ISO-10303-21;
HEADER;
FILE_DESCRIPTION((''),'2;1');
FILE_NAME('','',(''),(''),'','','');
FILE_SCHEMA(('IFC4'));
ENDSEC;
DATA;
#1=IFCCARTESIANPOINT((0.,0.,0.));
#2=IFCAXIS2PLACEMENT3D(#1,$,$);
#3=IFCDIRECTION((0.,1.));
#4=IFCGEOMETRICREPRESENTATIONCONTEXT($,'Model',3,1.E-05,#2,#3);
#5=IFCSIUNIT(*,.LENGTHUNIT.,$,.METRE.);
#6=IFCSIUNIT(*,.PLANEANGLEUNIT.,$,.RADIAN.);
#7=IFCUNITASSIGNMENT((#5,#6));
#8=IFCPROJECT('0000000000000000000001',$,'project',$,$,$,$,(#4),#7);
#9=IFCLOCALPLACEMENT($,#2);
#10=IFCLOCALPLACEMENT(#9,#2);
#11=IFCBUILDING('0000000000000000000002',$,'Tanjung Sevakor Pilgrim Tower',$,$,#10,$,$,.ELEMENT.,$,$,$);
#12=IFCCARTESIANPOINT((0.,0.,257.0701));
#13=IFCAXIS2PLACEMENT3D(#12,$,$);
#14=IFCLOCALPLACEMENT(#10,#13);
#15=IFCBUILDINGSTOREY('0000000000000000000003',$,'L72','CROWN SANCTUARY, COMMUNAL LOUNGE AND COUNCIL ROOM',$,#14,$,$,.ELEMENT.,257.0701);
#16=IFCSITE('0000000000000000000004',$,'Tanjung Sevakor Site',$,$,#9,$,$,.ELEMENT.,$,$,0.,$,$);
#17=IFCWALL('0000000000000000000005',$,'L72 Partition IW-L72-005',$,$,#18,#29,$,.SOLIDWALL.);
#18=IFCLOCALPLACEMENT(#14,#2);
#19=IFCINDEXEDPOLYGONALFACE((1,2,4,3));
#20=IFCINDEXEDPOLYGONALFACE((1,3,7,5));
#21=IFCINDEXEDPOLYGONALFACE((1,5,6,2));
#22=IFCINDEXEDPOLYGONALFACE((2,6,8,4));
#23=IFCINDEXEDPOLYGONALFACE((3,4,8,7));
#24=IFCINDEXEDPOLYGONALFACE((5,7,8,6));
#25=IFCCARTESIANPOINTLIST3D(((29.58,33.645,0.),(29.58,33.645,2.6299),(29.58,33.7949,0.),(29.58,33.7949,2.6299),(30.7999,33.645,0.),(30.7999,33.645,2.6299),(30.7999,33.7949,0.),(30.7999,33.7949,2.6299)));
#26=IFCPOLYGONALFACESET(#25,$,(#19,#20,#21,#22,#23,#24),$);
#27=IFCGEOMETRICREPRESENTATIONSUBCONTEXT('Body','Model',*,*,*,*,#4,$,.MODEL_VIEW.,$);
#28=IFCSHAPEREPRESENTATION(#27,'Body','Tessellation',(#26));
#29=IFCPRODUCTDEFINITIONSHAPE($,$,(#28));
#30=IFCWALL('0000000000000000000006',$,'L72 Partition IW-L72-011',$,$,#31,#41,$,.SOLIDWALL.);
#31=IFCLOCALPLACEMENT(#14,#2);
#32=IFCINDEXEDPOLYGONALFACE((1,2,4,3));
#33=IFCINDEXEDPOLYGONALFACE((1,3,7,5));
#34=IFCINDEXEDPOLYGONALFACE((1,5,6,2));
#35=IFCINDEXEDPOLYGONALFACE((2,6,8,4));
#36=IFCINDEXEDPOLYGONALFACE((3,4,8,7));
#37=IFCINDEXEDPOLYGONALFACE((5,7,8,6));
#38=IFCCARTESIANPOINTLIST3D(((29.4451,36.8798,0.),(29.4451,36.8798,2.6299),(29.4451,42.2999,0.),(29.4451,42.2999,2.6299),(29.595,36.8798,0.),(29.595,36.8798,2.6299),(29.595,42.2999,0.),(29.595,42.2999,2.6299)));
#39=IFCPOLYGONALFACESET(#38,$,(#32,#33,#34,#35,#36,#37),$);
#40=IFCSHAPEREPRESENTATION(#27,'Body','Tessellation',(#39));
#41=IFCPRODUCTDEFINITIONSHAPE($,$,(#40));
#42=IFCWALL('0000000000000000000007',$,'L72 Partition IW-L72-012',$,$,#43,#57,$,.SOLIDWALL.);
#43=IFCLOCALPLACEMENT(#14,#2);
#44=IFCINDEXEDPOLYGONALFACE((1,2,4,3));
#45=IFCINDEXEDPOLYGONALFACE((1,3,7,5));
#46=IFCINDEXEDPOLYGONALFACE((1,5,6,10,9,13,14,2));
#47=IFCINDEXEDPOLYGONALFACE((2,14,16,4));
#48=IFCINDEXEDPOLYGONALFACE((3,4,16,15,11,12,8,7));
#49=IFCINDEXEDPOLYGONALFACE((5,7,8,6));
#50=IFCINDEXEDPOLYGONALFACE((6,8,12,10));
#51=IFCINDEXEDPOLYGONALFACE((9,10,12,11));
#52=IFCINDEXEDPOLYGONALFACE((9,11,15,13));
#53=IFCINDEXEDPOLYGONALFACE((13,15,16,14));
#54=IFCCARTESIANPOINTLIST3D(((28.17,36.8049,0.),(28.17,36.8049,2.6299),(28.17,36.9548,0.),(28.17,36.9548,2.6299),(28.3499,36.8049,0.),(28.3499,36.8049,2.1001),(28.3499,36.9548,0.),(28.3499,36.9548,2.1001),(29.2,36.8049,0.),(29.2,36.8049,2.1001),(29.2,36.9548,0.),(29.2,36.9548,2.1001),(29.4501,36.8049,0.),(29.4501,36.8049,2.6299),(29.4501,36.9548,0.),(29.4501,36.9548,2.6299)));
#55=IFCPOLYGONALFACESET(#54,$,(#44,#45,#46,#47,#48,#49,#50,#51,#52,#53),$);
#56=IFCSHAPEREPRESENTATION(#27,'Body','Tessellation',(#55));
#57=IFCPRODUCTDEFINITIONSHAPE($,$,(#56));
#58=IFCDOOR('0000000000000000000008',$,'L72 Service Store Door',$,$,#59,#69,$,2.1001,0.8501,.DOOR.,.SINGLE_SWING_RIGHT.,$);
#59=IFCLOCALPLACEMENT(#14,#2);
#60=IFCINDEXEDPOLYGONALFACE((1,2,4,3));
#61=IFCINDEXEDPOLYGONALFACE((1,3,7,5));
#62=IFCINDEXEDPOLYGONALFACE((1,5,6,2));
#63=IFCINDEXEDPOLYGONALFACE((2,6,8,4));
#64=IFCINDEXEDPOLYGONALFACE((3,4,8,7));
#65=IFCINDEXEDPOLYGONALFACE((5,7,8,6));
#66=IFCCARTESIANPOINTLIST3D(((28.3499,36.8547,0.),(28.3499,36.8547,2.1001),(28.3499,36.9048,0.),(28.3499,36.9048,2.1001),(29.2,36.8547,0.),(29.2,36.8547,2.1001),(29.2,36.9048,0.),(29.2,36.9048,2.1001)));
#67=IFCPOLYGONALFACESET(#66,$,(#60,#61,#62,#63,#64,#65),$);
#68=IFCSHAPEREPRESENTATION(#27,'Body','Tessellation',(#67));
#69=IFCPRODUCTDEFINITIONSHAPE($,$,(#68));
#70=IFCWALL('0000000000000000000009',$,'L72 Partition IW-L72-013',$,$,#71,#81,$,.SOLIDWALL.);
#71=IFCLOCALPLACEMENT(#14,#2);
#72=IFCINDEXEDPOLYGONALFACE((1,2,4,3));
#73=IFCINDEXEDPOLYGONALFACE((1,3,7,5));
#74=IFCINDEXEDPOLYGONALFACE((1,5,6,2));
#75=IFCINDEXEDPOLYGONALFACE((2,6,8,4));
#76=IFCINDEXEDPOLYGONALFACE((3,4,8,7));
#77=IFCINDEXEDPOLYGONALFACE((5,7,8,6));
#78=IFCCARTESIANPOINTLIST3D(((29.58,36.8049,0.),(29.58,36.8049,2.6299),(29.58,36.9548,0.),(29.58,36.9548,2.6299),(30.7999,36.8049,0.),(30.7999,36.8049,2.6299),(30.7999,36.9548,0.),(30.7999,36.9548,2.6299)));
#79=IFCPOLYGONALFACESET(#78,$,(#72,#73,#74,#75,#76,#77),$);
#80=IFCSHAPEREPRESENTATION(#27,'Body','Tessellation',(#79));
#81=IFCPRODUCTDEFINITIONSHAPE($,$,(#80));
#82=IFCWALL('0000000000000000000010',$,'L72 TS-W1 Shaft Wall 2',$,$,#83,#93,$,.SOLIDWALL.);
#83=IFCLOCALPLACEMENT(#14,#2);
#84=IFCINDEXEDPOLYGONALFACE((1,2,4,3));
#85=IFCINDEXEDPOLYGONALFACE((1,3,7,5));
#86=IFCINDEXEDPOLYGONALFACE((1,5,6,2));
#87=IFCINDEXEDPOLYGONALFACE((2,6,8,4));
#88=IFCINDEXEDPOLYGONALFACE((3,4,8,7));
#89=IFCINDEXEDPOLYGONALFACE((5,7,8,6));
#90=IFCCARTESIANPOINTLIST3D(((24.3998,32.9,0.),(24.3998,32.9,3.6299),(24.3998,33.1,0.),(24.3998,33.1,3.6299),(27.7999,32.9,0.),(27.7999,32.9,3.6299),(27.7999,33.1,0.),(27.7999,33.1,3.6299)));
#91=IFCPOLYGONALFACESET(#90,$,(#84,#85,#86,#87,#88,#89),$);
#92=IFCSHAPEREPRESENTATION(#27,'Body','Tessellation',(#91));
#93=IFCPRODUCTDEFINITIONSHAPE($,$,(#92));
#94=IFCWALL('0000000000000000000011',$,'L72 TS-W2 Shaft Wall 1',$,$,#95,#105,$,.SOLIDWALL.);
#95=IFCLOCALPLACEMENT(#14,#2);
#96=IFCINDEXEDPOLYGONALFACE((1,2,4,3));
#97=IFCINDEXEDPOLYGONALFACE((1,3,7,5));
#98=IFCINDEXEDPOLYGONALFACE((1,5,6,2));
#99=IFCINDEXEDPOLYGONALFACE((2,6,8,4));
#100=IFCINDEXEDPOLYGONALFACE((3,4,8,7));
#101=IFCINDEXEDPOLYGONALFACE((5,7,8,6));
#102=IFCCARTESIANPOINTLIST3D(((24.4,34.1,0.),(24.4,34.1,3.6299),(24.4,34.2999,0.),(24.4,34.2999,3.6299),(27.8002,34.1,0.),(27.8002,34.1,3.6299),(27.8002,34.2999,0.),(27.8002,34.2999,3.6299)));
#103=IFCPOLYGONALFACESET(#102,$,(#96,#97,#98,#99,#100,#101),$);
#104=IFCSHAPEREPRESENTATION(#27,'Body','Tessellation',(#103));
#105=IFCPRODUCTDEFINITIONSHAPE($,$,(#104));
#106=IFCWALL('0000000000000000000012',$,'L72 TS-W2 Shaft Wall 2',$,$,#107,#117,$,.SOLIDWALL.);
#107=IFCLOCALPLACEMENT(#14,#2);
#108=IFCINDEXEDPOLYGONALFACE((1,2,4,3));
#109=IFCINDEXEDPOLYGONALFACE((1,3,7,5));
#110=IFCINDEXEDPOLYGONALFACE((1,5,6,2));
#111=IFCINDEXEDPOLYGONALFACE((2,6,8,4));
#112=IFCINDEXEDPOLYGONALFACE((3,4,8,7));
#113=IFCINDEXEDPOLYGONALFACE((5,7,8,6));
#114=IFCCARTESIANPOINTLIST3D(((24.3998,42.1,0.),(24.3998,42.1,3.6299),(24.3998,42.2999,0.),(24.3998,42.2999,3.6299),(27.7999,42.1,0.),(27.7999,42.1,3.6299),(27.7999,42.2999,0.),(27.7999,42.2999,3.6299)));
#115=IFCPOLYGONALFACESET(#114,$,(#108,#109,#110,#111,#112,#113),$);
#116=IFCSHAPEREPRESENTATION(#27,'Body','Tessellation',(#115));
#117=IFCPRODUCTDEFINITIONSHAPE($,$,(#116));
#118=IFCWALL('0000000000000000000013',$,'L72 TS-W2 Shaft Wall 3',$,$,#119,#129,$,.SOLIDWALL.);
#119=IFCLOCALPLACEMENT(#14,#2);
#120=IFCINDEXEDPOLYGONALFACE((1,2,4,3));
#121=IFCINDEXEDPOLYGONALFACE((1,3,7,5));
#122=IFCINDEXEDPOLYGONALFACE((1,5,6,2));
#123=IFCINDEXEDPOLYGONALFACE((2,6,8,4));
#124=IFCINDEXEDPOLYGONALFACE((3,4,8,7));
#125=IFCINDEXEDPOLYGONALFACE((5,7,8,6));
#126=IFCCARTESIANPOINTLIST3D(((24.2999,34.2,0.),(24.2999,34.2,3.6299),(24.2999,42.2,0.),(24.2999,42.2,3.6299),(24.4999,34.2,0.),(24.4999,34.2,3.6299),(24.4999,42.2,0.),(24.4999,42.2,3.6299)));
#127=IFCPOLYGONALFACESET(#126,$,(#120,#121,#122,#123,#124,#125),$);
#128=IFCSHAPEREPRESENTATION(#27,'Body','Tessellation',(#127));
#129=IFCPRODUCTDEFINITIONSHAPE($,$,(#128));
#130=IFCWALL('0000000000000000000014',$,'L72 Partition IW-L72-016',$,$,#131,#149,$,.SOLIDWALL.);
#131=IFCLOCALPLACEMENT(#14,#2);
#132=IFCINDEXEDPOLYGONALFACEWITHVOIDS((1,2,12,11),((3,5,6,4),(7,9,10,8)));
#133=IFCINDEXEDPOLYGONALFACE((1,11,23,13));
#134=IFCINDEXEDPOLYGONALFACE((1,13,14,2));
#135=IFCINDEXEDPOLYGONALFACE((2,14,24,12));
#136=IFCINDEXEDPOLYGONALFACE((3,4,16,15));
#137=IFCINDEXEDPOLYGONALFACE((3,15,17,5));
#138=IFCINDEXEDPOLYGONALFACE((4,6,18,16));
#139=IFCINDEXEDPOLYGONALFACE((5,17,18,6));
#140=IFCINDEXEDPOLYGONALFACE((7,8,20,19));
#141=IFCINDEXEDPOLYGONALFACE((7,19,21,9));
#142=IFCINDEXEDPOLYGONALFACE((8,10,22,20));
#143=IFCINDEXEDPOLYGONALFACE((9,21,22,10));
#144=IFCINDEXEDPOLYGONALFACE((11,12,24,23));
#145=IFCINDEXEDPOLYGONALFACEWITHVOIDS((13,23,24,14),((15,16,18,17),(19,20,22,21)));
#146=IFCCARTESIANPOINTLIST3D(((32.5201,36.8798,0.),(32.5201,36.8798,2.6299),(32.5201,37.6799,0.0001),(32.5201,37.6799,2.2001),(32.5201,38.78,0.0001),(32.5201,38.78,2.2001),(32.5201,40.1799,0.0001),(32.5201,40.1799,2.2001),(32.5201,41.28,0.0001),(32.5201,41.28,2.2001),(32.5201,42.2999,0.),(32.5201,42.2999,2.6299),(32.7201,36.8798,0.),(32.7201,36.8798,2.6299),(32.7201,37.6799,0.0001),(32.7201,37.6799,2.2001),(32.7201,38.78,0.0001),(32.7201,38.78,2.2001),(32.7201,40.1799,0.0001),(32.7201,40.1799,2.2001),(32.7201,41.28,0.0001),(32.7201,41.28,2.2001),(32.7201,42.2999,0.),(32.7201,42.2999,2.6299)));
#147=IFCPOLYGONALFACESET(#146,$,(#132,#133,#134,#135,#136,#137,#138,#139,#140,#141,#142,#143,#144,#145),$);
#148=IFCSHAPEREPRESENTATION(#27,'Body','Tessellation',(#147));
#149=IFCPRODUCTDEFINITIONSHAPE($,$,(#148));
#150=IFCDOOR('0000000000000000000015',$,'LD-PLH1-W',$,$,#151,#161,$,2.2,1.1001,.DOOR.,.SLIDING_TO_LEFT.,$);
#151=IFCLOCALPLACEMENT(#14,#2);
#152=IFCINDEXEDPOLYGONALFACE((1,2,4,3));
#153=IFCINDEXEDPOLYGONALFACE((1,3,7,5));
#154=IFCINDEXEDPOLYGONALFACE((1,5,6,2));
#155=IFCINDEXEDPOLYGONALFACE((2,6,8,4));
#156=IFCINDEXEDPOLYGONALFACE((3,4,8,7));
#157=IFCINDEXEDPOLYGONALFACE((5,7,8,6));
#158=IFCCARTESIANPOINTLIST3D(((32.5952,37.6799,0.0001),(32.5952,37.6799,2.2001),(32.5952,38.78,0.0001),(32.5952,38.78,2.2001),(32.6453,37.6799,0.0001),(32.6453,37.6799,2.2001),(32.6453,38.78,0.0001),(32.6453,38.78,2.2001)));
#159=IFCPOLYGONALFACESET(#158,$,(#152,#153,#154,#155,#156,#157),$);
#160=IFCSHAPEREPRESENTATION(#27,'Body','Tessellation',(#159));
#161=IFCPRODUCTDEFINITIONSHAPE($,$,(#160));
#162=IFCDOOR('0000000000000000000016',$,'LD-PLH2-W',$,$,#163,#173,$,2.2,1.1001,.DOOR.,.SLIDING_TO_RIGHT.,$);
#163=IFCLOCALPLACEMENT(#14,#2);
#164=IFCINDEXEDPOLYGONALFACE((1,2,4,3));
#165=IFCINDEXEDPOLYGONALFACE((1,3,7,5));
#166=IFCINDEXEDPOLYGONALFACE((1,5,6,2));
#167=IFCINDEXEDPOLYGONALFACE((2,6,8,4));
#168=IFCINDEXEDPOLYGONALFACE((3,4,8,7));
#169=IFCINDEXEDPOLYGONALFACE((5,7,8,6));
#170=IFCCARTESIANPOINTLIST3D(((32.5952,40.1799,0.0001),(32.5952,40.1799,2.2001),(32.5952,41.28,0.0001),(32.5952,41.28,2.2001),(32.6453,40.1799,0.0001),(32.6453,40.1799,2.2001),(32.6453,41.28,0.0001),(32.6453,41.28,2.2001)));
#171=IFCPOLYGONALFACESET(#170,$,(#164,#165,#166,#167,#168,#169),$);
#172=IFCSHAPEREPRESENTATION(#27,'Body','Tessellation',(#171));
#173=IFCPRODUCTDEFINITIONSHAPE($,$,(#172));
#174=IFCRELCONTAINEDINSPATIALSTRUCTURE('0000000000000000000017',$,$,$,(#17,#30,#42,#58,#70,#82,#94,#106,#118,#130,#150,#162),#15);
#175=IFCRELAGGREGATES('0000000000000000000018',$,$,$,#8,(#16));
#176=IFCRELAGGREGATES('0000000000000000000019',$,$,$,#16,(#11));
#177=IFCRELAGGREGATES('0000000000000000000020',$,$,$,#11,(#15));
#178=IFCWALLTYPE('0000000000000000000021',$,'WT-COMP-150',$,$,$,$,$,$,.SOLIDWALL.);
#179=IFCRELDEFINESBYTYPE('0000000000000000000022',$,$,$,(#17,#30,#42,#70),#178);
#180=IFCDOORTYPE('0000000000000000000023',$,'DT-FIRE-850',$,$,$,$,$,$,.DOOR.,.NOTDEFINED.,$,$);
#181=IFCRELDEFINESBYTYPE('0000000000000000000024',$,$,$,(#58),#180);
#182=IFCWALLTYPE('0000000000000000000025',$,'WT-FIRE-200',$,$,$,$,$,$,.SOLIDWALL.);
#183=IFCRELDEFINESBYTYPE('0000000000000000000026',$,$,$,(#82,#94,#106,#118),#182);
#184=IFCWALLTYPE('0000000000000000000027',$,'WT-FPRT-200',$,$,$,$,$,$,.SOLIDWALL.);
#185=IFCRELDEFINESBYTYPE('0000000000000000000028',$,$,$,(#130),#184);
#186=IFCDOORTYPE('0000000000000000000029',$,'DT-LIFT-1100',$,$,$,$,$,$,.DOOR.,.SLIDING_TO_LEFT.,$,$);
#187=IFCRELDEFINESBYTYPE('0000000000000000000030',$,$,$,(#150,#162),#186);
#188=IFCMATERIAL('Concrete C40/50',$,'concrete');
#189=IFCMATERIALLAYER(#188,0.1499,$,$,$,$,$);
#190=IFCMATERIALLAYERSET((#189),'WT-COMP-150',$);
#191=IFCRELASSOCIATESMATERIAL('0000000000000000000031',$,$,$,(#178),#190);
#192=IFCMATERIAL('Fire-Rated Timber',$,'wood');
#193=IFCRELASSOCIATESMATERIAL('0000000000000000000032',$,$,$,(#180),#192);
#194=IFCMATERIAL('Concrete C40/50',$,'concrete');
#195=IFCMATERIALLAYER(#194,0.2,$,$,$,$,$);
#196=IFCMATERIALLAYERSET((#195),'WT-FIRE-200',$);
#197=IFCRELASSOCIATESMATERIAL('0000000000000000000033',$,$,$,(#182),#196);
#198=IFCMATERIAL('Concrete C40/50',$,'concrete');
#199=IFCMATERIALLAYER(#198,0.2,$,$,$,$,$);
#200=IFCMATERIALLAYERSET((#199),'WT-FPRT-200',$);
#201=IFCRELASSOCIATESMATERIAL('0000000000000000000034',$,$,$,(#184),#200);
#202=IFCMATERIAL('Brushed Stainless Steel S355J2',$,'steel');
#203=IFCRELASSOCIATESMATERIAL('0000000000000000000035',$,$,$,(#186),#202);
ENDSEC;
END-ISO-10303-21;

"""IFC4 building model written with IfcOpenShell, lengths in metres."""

from ifc_helpers import new_model, si_unit, direction, frame, frame_2d, origin, place, context, subcontext, project, spatial, rectangle, extrude, material, layer, layer_set, type_object, element, fill, save


model = new_model("IFC4")

# Units and contexts
model_context = context("Model", 3, precision=1e-05, world=origin(), true_north=direction((0.0, 1.0)))
body_context = subcontext(model_context, "Body", "Model", "MODEL_VIEW")
ifc_project = project(units=[si_unit("LENGTHUNIT", "METRE"), si_unit("PLANEANGLEUNIT", "RADIAN")], contexts=[model_context])

# Site, building, storey
site_placement = place(None, origin())
site = spatial("IfcSite", under=ifc_project, at=site_placement, Name="Tanjung Sevakor Site", CompositionType="ELEMENT", RefElevation=0.0)
building_placement = place(site_placement, origin())
building = spatial("IfcBuilding", under=site, at=building_placement, Name="Tanjung Sevakor Pilgrim Tower", CompositionType="ELEMENT")
storey_placement = place(building_placement, frame((0.0, 0.0, 257.0701)))
storey = spatial("IfcBuildingStorey", under=building, at=storey_placement, Name="L72", Description="CROWN SANCTUARY, COMMUNAL LOUNGE AND COUNCIL ROOM", CompositionType="ELEMENT", Elevation=257.0701)

# Shared definitions
ifc_material_1 = material(Name="Concrete C40/50", Category="concrete")
ifc_layer_1 = layer(ifc_material_1, 0.1499)
ifc_layer_set_1 = layer_set([ifc_layer_1], Name="WT-COMP-150")
wall_type_1 = type_object("IfcWallType", Name="WT-COMP-150", PredefinedType="SOLIDWALL", material=ifc_layer_set_1)
ifc_material_2 = material(Name="Fire-Rated Timber", Category="wood")
door_type_1 = type_object("IfcDoorType", Name="DT-FIRE-850", OperationType="NOTDEFINED", PredefinedType="DOOR", material=ifc_material_2)

# Walls
wall_1_placement = place(storey_placement, frame((29.5801, 33.72, 0.0), z_axis=(0.0, 0.0, 1.0), x_axis=(1.0, 0.0, 0.0)))
element("IfcWall", 1, at=wall_1_placement, inside=storey, type_object=wall_type_1, Name="L72 Partition IW-L72-005", PredefinedType="SOLIDWALL", context=body_context, shape_type="SweptSolid", body=[
    extrude(rectangle(XDim=1.22, YDim=0.1499, at=frame_2d((0.6099, 0.0))), origin(), (0.0, 0.0, 1.0), 2.6299),
])
wall_2_placement = place(storey_placement, frame((29.52, 36.8799, 0.0), z_axis=(0.0, 0.0, 1.0), x_axis=(0.0, 1.0, 0.0)))
element("IfcWall", 2, at=wall_2_placement, inside=storey, type_object=wall_type_1, Name="L72 Partition IW-L72-011", PredefinedType="SOLIDWALL", context=body_context, shape_type="SweptSolid", body=[
    extrude(rectangle(XDim=5.4202, YDim=0.1499, at=frame_2d((2.71, 0.0))), origin(), (0.0, 0.0, 1.0), 2.6299),
])

# Wall, opening, door
wall_3_placement = place(storey_placement, frame((28.1699, 36.8799, 0.0), z_axis=(0.0, 0.0, 1.0), x_axis=(1.0, 0.0, 0.0)))
wall_3 = element("IfcWall", 3, at=wall_3_placement, inside=storey, type_object=wall_type_1, Name="L72 Partition IW-L72-012", PredefinedType="SOLIDWALL", context=body_context, shape_type="SweptSolid", body=[
    extrude(rectangle(XDim=1.28, YDim=0.1499, at=frame_2d((0.6401, 0.0))), origin(), (0.0, 0.0, 1.0), 2.6299),
])
opening_1_placement = place(wall_3_placement, frame((0.1799, 0.0, 0.0)))
opening_1 = element("IfcOpeningElement", 4, at=opening_1_placement, cuts=wall_3, PredefinedType="OPENING", context=body_context, shape_type="SweptSolid", body=[
    extrude(rectangle(XDim=0.8501, YDim=2.1001, at=frame_2d((0.425, 1.05))), frame((0.0, 0.085, 0.0), z_axis=(0.0, -1.0, 0.0), x_axis=(1.0, 0.0, 0.0)), (0.0, 0.0, 1.0), 0.1699),
])
door_1_placement = place(opening_1_placement, origin())
door_1 = element("IfcDoor", 5, at=door_1_placement, inside=storey, type_object=door_type_1, Name="L72 Service Store Door", OperationType="SINGLE_SWING_RIGHT", OverallHeight=2.1001, OverallWidth=0.8501, PredefinedType="DOOR", context=body_context, shape_type="SweptSolid", body=[
    extrude(rectangle(XDim=0.8501, YDim=2.1001, at=frame_2d((0.425, 1.05))), frame((0.0, 0.0249, 0.0), z_axis=(0.0, -1.0, 0.0), x_axis=(1.0, 0.0, 0.0)), (0.0, 0.0, 1.0), 0.05),
])
fill(opening_1, door_1)

# Wall
wall_4_placement = place(storey_placement, frame((29.5801, 36.8799, 0.0), z_axis=(0.0, 0.0, 1.0), x_axis=(1.0, 0.0, 0.0)))
element("IfcWall", 6, at=wall_4_placement, inside=storey, type_object=wall_type_1, Name="L72 Partition IW-L72-013", PredefinedType="SOLIDWALL", context=body_context, shape_type="SweptSolid", body=[
    extrude(rectangle(XDim=1.22, YDim=0.1499, at=frame_2d((0.6099, 0.0))), origin(), (0.0, 0.0, 1.0), 2.6299),
])

# Walls
ifc_material_3 = material(Name="Concrete C40/50", Category="concrete")
ifc_layer_2 = layer(ifc_material_3, 0.2)
ifc_layer_set_2 = layer_set([ifc_layer_2], Name="WT-FIRE-200")
wall_type_2 = type_object("IfcWallType", Name="WT-FIRE-200", PredefinedType="SOLIDWALL", material=ifc_layer_set_2)
for number, where, z_axis, x_axis, name in (
    (7, (27.8, 33.0, 0.0), (0.0, 0.0, 1.0), (-1.0, 0.0, 0.0), "L72 TS-W1 Shaft Wall 2"),
    (8, (24.3999, 34.2, 0.0), (0.0, 0.0, 1.0), (1.0, 0.0, 0.0), "L72 TS-W2 Shaft Wall 1"),
    (9, (27.8, 42.2, 0.0), (0.0, 0.0, 1.0), (-1.0, 0.0, 0.0), "L72 TS-W2 Shaft Wall 2"),
):
    element("IfcWall", number, at=place(storey_placement, frame(where, z_axis=z_axis, x_axis=x_axis)), inside=storey, type_object=wall_type_2, Name=name, PredefinedType="SOLIDWALL", context=body_context, shape_type="SweptSolid", body=[
        extrude(rectangle(XDim=3.4001, YDim=0.2, at=frame_2d((1.7002, 0.0))), origin(), (0.0, 0.0, 1.0), 3.6299),
    ])
wall_5_placement = place(storey_placement, frame((24.3999, 42.2, 0.0), z_axis=(0.0, 0.0, 1.0), x_axis=(0.0, -1.0, 0.0)))
element("IfcWall", 10, at=wall_5_placement, inside=storey, type_object=wall_type_2, Name="L72 TS-W2 Shaft Wall 3", PredefinedType="SOLIDWALL", context=body_context, shape_type="SweptSolid", body=[
    extrude(rectangle(XDim=8.0, YDim=0.2, at=frame_2d((4.0, 0.0))), origin(), (0.0, 0.0, 1.0), 3.6299),
])

# Wall, openings, doors
ifc_material_4 = material(Name="Concrete C40/50", Category="concrete")
ifc_layer_3 = layer(ifc_material_4, 0.2)
ifc_layer_set_3 = layer_set([ifc_layer_3], Name="WT-FPRT-200")
wall_type_3 = type_object("IfcWallType", Name="WT-FPRT-200", PredefinedType="SOLIDWALL", material=ifc_layer_set_3)
wall_6_placement = place(storey_placement, frame((32.6201, 36.8799, 0.0), z_axis=(0.0, 0.0, 1.0), x_axis=(0.0, 1.0, 0.0)))
wall_6 = element("IfcWall", 11, at=wall_6_placement, inside=storey, type_object=wall_type_3, Name="L72 Partition IW-L72-016", PredefinedType="SOLIDWALL", context=body_context, shape_type="SweptSolid", body=[
    extrude(rectangle(XDim=5.4202, YDim=0.2, at=frame_2d((2.71, 0.0))), origin(), (0.0, 0.0, 1.0), 2.6299),
])
opening_2_placement = place(wall_6_placement, frame((0.8, 0.0, 0.0)))
opening_2 = element("IfcOpeningElement", 12, at=opening_2_placement, cuts=wall_6, PredefinedType="OPENING", context=body_context, shape_type="SweptSolid", body=[
    extrude(rectangle(XDim=1.1001, YDim=2.2, at=frame_2d((0.55, 1.1001))), frame((0.0, 0.1099, 0.0), z_axis=(0.0, -1.0, 0.0), x_axis=(1.0, 0.0, 0.0)), (0.0, 0.0, 1.0), 0.22),
])
opening_3_placement = place(wall_6_placement, frame((3.3, 0.0, 0.0)))
opening_3 = element("IfcOpeningElement", 13, at=opening_3_placement, cuts=wall_6, PredefinedType="OPENING", context=body_context, shape_type="SweptSolid", body=[
    extrude(rectangle(XDim=1.1001, YDim=2.2, at=frame_2d((0.55, 1.1001))), frame((0.0, 0.1099, 0.0), z_axis=(0.0, -1.0, 0.0), x_axis=(1.0, 0.0, 0.0)), (0.0, 0.0, 1.0), 0.22),
])
ifc_material_5 = material(Name="Brushed Stainless Steel S355J2", Category="steel")
door_type_2 = type_object("IfcDoorType", Name="DT-LIFT-1100", OperationType="SLIDING_TO_LEFT", PredefinedType="DOOR", material=ifc_material_5)
door_2_placement = place(opening_2_placement, origin())
door_2 = element("IfcDoor", 14, at=door_2_placement, inside=storey, type_object=door_type_2, Name="LD-PLH1-W", OperationType="SLIDING_TO_LEFT", OverallHeight=2.2, OverallWidth=1.1001, PredefinedType="DOOR", context=body_context, shape_type="SweptSolid", body=[
    extrude(rectangle(XDim=1.1001, YDim=2.2, at=frame_2d((0.55, 1.1001))), frame((0.0, 0.0249, 0.0), z_axis=(0.0, -1.0, 0.0), x_axis=(1.0, 0.0, 0.0)), (0.0, 0.0, 1.0), 0.05),
])
fill(opening_2, door_2)
door_3_placement = place(opening_3_placement, origin())
door_3 = element("IfcDoor", 15, at=door_3_placement, inside=storey, type_object=door_type_2, Name="LD-PLH2-W", OperationType="SLIDING_TO_RIGHT", OverallHeight=2.2, OverallWidth=1.1001, PredefinedType="DOOR", context=body_context, shape_type="SweptSolid", body=[
    extrude(rectangle(XDim=1.1001, YDim=2.2, at=frame_2d((0.55, 1.1001))), frame((0.0, 0.0249, 0.0), z_axis=(0.0, -1.0, 0.0), x_axis=(1.0, 0.0, 0.0)), (0.0, 0.0, 1.0), 0.05),
])
fill(opening_3, door_3)

save(model, "model.ifc")
